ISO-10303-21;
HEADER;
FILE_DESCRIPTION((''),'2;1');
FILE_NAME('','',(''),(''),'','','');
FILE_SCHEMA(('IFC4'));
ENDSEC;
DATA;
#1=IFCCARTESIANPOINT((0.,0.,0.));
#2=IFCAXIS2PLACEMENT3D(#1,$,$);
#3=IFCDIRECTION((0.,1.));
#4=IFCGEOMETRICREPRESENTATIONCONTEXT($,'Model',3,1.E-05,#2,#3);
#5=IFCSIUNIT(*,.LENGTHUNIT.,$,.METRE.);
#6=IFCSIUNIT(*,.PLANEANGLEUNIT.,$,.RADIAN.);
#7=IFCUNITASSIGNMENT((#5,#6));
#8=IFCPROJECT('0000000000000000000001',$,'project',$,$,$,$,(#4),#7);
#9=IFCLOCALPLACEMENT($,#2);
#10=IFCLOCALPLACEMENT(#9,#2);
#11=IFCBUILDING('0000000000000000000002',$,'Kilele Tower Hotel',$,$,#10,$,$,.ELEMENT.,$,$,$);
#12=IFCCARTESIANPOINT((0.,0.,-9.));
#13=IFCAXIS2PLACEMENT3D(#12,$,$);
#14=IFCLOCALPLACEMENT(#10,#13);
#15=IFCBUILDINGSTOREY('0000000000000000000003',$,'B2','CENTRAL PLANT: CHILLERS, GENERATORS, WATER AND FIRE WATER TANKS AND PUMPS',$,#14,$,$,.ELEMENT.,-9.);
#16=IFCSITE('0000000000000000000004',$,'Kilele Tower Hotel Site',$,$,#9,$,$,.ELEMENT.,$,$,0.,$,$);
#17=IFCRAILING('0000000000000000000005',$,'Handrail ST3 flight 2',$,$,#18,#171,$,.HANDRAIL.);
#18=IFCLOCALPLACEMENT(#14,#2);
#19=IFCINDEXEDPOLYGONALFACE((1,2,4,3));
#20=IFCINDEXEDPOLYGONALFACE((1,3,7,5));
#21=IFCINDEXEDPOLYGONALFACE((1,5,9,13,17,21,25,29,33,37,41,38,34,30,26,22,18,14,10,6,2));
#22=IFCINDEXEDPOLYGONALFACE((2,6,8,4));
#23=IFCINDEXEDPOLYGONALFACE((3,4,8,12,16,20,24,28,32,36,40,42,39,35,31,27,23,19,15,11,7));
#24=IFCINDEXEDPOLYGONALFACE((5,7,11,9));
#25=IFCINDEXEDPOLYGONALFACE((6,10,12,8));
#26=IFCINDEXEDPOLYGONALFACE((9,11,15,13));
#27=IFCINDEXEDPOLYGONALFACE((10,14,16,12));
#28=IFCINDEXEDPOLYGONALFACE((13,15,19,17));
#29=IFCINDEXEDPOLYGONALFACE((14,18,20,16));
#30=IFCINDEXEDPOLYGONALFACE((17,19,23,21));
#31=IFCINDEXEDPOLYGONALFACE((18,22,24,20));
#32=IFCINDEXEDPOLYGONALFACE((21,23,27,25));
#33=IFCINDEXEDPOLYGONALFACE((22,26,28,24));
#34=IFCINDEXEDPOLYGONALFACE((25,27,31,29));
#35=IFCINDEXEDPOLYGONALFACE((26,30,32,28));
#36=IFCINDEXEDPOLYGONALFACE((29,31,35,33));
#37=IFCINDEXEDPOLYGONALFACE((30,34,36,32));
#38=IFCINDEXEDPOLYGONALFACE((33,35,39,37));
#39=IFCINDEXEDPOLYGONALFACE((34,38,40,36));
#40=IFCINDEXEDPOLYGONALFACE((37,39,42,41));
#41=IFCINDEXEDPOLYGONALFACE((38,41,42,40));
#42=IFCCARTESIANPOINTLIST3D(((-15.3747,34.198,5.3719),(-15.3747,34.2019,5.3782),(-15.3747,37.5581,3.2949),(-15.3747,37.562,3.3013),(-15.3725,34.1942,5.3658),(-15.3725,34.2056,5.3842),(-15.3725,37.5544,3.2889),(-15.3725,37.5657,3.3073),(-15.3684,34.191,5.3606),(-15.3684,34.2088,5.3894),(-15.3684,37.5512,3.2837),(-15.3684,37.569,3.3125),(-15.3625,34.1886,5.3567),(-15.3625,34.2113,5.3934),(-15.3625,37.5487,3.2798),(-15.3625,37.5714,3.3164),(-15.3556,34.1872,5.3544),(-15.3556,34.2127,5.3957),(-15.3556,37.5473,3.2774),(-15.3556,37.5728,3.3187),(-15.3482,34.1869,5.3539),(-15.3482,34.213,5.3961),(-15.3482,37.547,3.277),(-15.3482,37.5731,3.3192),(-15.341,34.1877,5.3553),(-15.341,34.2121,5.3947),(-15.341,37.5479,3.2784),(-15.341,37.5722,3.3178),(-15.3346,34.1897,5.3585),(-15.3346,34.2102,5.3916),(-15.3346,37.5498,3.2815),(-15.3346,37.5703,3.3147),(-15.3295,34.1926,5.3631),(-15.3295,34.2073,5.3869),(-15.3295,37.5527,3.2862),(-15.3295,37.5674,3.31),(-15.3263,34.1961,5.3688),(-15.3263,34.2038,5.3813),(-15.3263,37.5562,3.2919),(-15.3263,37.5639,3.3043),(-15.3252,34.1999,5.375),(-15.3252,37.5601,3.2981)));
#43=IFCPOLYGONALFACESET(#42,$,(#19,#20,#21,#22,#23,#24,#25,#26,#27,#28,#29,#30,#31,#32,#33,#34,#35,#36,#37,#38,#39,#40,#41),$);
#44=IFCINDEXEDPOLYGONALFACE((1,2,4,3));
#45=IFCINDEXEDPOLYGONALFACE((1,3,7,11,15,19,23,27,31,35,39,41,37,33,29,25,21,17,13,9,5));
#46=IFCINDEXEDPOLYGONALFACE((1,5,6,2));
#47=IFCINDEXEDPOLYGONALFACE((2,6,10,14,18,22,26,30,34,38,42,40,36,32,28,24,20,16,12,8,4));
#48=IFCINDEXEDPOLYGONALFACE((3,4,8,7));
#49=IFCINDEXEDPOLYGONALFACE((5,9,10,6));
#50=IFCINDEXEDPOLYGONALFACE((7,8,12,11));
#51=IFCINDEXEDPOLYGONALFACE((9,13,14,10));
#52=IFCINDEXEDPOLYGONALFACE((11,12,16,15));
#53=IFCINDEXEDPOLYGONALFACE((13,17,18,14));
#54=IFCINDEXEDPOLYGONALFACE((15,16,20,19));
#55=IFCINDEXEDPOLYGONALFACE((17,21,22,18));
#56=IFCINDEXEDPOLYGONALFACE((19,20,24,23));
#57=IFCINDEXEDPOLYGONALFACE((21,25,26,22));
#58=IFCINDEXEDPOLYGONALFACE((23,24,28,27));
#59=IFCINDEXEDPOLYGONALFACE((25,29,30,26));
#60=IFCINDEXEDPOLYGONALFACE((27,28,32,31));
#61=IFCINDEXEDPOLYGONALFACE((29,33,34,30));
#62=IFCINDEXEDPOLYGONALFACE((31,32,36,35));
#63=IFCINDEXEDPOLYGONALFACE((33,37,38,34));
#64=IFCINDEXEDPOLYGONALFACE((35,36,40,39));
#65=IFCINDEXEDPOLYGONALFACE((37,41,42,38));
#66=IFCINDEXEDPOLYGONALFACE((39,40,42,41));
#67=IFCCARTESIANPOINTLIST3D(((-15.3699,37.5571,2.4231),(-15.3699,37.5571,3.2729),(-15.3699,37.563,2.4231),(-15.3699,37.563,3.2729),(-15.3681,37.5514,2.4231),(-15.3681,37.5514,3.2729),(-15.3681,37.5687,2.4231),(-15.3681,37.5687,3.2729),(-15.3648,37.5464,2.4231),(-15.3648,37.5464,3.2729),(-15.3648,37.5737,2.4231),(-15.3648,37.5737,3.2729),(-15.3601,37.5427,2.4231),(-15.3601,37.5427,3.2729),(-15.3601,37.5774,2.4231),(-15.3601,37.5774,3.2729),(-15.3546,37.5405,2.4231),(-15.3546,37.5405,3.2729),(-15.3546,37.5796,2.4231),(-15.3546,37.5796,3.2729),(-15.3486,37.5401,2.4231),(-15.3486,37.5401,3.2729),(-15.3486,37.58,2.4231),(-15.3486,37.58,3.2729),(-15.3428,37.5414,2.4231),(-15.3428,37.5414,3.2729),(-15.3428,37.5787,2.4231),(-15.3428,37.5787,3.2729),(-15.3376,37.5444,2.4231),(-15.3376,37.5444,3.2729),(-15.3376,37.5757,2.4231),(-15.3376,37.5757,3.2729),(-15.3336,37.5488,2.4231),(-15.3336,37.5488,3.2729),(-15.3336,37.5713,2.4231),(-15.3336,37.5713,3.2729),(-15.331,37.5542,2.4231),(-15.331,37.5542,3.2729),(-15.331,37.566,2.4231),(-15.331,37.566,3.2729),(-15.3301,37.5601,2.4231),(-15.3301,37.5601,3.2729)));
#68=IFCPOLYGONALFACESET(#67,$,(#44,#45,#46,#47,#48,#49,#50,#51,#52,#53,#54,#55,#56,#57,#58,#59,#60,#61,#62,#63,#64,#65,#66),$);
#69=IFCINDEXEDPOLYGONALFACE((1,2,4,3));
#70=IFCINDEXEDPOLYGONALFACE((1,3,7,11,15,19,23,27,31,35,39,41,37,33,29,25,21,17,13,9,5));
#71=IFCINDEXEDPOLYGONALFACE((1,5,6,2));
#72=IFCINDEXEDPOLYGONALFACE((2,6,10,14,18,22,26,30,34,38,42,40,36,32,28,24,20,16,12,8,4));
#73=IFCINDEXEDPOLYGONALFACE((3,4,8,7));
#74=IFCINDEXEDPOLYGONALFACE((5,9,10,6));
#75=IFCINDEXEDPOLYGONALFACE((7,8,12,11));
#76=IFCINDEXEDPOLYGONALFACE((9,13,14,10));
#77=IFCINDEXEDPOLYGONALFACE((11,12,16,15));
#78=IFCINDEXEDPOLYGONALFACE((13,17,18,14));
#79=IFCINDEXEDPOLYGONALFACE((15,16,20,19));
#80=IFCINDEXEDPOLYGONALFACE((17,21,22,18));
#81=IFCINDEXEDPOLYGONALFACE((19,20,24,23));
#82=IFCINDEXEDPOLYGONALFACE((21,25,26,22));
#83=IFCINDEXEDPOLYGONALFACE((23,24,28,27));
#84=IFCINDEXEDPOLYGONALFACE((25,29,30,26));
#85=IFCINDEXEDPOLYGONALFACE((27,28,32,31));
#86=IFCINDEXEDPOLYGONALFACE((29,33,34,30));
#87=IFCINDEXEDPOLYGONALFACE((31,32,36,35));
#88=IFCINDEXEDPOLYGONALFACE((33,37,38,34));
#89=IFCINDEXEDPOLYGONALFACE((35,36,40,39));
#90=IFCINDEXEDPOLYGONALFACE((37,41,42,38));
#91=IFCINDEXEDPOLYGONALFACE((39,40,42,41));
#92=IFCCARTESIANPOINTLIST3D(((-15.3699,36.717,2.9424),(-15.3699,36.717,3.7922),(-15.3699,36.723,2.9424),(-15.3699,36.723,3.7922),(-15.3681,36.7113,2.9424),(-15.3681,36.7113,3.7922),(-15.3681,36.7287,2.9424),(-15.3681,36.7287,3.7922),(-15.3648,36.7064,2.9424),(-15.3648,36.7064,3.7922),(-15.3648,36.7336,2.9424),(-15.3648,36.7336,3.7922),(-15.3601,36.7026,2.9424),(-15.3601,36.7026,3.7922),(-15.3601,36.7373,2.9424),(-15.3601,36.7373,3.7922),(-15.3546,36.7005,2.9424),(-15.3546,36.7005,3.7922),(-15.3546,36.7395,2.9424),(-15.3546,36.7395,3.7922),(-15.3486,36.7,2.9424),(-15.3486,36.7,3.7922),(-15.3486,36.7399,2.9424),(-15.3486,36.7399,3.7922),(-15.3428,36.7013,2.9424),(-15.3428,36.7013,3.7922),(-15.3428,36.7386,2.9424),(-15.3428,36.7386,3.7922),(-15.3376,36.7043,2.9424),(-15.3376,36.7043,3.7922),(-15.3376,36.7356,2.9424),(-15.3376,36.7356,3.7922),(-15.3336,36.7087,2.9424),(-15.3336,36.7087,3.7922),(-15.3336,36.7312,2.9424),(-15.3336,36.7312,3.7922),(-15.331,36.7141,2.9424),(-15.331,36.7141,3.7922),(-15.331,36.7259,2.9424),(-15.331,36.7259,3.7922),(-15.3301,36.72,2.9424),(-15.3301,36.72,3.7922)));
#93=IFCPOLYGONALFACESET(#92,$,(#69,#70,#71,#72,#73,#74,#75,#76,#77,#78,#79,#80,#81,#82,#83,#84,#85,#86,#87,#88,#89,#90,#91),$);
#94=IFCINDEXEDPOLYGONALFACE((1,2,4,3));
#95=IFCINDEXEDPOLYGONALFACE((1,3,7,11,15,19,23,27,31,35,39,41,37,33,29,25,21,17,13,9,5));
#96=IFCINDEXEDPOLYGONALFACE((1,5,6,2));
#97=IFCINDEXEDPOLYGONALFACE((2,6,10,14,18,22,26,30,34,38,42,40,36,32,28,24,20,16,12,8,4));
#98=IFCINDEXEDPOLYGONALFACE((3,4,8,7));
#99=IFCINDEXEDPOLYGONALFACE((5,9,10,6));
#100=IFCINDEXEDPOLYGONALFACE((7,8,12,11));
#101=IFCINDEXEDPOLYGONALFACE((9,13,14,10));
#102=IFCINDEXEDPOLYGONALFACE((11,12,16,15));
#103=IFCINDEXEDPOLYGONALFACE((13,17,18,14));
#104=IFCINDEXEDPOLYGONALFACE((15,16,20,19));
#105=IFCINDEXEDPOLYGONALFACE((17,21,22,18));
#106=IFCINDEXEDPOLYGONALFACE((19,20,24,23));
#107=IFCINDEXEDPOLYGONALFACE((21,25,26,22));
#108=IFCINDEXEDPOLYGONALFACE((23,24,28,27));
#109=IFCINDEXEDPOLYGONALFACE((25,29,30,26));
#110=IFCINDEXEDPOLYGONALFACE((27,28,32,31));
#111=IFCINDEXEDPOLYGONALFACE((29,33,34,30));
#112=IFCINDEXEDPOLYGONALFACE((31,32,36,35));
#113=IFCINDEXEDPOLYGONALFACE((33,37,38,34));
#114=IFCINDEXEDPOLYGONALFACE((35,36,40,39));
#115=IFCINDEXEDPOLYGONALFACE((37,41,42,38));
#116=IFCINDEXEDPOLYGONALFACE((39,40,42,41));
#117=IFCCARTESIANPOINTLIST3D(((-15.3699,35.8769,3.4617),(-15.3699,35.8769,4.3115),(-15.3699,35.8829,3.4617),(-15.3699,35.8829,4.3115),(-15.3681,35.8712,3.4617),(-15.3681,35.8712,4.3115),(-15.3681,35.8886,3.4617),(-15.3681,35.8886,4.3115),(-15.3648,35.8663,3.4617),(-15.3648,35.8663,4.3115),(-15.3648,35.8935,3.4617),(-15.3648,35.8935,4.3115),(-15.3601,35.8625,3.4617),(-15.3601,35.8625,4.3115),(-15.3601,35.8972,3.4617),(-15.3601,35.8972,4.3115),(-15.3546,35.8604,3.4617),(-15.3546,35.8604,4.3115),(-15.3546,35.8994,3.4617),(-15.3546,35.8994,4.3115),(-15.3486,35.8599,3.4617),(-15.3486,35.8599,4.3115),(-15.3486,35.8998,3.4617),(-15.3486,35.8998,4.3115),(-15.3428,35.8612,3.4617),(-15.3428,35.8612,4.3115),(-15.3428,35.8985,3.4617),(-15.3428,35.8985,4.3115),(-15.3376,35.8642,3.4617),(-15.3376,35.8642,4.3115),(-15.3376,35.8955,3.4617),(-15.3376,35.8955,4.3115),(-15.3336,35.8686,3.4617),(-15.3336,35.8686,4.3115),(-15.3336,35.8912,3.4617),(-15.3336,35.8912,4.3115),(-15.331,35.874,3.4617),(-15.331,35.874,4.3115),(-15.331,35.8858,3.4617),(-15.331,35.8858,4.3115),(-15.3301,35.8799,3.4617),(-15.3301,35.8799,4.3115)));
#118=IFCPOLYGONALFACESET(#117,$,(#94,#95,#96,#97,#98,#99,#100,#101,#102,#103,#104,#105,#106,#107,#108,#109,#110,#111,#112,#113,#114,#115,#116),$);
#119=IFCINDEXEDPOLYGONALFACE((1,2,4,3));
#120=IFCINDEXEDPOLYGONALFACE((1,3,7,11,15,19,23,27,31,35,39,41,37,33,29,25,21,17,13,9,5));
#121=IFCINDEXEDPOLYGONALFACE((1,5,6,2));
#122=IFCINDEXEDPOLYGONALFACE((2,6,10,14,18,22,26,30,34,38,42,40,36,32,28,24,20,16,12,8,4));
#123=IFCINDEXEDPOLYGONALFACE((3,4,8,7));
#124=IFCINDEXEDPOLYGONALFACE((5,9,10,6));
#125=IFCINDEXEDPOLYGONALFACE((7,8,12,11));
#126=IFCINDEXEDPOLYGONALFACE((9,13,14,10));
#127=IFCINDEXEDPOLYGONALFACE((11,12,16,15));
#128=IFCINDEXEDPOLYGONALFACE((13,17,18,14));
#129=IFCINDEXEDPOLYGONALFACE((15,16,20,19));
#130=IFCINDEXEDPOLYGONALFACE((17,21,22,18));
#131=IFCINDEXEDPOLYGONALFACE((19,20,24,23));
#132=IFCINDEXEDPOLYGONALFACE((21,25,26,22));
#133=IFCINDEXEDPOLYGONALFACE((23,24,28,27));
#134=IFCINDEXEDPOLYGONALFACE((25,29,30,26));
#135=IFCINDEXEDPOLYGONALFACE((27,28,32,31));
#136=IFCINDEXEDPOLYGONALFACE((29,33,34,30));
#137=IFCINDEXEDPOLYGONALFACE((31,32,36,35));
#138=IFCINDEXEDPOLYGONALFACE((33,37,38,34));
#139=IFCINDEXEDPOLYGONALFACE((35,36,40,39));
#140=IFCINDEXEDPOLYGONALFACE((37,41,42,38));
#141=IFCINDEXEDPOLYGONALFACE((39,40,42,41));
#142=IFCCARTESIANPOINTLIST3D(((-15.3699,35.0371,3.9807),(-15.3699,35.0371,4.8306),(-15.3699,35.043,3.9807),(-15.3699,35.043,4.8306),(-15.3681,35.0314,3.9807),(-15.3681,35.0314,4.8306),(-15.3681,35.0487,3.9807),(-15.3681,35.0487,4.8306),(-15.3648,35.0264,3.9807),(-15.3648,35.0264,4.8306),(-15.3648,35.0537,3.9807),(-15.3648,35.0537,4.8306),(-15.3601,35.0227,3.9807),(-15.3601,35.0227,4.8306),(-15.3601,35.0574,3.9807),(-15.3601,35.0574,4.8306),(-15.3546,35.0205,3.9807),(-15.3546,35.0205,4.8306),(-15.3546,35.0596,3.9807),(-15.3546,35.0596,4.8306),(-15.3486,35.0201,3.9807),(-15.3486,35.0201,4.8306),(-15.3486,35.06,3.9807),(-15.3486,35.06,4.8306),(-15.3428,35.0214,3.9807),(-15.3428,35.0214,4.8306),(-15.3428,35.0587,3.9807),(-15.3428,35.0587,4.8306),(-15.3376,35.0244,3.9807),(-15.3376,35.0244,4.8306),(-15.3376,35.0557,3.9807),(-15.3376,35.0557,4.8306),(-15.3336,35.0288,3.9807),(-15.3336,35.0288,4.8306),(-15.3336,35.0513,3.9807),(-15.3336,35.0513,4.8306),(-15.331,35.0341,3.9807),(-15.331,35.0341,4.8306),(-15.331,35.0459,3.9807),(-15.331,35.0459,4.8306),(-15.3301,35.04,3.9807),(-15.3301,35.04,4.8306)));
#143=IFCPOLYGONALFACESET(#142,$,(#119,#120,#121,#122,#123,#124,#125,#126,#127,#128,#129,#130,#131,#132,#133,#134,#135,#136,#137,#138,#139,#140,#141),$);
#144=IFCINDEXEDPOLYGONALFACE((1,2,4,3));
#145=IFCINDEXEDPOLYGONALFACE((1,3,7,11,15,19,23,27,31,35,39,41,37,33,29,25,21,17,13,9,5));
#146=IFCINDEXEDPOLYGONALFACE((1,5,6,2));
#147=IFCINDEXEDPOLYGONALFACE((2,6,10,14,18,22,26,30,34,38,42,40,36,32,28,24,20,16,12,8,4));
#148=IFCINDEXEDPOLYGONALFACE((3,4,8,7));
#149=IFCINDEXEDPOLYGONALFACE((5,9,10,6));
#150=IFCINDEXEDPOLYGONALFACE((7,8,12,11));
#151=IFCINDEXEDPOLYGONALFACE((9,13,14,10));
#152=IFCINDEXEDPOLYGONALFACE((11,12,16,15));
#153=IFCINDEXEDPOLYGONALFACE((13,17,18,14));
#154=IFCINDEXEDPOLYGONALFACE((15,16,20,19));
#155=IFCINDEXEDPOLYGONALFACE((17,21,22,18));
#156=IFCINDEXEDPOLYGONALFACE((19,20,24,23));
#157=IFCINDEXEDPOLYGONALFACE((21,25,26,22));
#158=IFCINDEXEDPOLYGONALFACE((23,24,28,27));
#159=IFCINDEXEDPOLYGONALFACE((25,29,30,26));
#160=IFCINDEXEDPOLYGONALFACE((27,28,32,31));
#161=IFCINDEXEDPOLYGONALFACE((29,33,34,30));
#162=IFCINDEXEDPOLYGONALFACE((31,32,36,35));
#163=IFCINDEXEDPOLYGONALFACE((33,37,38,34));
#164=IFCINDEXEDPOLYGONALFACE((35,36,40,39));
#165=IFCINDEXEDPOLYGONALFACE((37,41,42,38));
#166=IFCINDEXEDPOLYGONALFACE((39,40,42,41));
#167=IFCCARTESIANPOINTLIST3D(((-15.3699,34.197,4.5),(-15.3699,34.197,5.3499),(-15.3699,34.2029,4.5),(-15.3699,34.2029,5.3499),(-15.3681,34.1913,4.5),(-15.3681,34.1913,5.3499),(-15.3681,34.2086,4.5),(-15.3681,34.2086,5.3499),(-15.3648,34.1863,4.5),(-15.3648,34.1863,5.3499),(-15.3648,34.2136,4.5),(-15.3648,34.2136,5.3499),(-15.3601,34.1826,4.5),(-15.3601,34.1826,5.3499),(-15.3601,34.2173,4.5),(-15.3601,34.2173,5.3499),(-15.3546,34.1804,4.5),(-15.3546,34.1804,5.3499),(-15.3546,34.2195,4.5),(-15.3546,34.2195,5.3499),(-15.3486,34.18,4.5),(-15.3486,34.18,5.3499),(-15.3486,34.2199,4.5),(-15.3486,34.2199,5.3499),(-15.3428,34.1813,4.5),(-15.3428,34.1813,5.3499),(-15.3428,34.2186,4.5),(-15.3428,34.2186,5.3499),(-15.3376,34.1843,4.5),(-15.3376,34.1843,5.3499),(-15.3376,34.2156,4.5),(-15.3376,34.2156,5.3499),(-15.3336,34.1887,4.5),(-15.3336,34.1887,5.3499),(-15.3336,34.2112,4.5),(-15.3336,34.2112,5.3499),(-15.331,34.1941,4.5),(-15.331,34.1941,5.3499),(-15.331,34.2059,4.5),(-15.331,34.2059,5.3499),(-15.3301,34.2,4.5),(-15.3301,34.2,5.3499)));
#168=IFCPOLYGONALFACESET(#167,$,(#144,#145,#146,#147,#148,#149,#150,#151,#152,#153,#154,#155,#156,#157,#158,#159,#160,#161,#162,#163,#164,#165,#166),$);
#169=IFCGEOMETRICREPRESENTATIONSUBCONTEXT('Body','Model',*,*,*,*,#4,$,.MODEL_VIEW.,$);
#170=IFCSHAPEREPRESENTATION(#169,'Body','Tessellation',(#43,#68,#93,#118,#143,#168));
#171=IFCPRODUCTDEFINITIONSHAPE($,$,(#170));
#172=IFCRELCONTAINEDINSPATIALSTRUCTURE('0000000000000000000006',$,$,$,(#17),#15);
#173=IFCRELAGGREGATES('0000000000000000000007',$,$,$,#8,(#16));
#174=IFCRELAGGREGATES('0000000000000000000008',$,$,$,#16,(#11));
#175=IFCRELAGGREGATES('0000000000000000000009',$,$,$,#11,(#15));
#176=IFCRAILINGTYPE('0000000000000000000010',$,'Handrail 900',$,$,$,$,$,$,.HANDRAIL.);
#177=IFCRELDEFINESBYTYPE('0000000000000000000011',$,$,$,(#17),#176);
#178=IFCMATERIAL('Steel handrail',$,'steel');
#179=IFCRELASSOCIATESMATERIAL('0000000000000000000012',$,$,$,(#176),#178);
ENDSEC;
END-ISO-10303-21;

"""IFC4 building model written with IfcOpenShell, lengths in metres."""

from ifc_helpers import new_model, si_unit, direction, frame, origin, origin_2d, place, context, subcontext, project, spatial, circle, extrude, material, type_object, element, save


model = new_model("IFC4")

# Units and contexts
model_context = context("Model", 3, precision=1e-05, world=origin(), true_north=direction((0.0, 1.0)))
body_context = subcontext(model_context, "Body", "Model", "MODEL_VIEW")
ifc_project = project(units=[si_unit("LENGTHUNIT", "METRE"), si_unit("PLANEANGLEUNIT", "RADIAN")], contexts=[model_context])

# Site, building, storey
site_placement = place(None, origin())
site = spatial("IfcSite", under=ifc_project, at=site_placement, Name="Kilele Tower Hotel Site", CompositionType="ELEMENT", RefElevation=0.0)
building_placement = place(site_placement, origin())
building = spatial("IfcBuilding", under=site, at=building_placement, Name="Kilele Tower Hotel", CompositionType="ELEMENT")
storey_placement = place(building_placement, frame((0.0, 0.0, -9.0)))
storey = spatial("IfcBuildingStorey", under=building, at=storey_placement, Name="B2", Description="CENTRAL PLANT: CHILLERS, GENERATORS, WATER AND FIRE WATER TANKS AND PUMPS", CompositionType="ELEMENT", Elevation=-9.0)

# Railing
ifc_material_1 = material(Name="Steel handrail", Category="steel")
railing_type_1 = type_object("IfcRailingType", Name="Handrail 900", PredefinedType="HANDRAIL", material=ifc_material_1)
for number, where, name in (
    (1, (-15.3501, 37.5601, 2.4231), "Handrail ST3 flight 2"),
):
    element("IfcRailing", number, at=place(storey_placement, frame(where)), inside=storey, type_object=railing_type_1, Name=name, PredefinedType="HANDRAIL", context=body_context, shape_type="SweptSolid", body=[
        extrude(circle(Radius=0.0249, at=origin_2d()), frame((0.0, 0.0, 0.875), z_axis=(0.0, -0.850623, 0.525776), x_axis=(1.0, 0.0, 0.0)), (0.0, 0.0, 1.0), 3.9502),
        extrude(circle(Radius=0.02, at=origin_2d()), origin(), (0.0, 0.0, 1.0), 0.8499),
        extrude(circle(Radius=0.02, at=origin_2d()), frame((0.0, -0.8401, 0.5193)), (0.0, 0.0, 1.0), 0.8499),
        extrude(circle(Radius=0.02, at=origin_2d()), frame((0.0, -1.6802, 1.0386)), (0.0, 0.0, 1.0), 0.8499),
        extrude(circle(Radius=0.02, at=origin_2d()), frame((0.0, -2.52, 1.5576)), (0.0, 0.0, 1.0), 0.8499),
        extrude(circle(Radius=0.02, at=origin_2d()), frame((0.0, -3.3601, 2.0769)), (0.0, 0.0, 1.0), 0.8499),
    ])

save(model, "model.ifc")
